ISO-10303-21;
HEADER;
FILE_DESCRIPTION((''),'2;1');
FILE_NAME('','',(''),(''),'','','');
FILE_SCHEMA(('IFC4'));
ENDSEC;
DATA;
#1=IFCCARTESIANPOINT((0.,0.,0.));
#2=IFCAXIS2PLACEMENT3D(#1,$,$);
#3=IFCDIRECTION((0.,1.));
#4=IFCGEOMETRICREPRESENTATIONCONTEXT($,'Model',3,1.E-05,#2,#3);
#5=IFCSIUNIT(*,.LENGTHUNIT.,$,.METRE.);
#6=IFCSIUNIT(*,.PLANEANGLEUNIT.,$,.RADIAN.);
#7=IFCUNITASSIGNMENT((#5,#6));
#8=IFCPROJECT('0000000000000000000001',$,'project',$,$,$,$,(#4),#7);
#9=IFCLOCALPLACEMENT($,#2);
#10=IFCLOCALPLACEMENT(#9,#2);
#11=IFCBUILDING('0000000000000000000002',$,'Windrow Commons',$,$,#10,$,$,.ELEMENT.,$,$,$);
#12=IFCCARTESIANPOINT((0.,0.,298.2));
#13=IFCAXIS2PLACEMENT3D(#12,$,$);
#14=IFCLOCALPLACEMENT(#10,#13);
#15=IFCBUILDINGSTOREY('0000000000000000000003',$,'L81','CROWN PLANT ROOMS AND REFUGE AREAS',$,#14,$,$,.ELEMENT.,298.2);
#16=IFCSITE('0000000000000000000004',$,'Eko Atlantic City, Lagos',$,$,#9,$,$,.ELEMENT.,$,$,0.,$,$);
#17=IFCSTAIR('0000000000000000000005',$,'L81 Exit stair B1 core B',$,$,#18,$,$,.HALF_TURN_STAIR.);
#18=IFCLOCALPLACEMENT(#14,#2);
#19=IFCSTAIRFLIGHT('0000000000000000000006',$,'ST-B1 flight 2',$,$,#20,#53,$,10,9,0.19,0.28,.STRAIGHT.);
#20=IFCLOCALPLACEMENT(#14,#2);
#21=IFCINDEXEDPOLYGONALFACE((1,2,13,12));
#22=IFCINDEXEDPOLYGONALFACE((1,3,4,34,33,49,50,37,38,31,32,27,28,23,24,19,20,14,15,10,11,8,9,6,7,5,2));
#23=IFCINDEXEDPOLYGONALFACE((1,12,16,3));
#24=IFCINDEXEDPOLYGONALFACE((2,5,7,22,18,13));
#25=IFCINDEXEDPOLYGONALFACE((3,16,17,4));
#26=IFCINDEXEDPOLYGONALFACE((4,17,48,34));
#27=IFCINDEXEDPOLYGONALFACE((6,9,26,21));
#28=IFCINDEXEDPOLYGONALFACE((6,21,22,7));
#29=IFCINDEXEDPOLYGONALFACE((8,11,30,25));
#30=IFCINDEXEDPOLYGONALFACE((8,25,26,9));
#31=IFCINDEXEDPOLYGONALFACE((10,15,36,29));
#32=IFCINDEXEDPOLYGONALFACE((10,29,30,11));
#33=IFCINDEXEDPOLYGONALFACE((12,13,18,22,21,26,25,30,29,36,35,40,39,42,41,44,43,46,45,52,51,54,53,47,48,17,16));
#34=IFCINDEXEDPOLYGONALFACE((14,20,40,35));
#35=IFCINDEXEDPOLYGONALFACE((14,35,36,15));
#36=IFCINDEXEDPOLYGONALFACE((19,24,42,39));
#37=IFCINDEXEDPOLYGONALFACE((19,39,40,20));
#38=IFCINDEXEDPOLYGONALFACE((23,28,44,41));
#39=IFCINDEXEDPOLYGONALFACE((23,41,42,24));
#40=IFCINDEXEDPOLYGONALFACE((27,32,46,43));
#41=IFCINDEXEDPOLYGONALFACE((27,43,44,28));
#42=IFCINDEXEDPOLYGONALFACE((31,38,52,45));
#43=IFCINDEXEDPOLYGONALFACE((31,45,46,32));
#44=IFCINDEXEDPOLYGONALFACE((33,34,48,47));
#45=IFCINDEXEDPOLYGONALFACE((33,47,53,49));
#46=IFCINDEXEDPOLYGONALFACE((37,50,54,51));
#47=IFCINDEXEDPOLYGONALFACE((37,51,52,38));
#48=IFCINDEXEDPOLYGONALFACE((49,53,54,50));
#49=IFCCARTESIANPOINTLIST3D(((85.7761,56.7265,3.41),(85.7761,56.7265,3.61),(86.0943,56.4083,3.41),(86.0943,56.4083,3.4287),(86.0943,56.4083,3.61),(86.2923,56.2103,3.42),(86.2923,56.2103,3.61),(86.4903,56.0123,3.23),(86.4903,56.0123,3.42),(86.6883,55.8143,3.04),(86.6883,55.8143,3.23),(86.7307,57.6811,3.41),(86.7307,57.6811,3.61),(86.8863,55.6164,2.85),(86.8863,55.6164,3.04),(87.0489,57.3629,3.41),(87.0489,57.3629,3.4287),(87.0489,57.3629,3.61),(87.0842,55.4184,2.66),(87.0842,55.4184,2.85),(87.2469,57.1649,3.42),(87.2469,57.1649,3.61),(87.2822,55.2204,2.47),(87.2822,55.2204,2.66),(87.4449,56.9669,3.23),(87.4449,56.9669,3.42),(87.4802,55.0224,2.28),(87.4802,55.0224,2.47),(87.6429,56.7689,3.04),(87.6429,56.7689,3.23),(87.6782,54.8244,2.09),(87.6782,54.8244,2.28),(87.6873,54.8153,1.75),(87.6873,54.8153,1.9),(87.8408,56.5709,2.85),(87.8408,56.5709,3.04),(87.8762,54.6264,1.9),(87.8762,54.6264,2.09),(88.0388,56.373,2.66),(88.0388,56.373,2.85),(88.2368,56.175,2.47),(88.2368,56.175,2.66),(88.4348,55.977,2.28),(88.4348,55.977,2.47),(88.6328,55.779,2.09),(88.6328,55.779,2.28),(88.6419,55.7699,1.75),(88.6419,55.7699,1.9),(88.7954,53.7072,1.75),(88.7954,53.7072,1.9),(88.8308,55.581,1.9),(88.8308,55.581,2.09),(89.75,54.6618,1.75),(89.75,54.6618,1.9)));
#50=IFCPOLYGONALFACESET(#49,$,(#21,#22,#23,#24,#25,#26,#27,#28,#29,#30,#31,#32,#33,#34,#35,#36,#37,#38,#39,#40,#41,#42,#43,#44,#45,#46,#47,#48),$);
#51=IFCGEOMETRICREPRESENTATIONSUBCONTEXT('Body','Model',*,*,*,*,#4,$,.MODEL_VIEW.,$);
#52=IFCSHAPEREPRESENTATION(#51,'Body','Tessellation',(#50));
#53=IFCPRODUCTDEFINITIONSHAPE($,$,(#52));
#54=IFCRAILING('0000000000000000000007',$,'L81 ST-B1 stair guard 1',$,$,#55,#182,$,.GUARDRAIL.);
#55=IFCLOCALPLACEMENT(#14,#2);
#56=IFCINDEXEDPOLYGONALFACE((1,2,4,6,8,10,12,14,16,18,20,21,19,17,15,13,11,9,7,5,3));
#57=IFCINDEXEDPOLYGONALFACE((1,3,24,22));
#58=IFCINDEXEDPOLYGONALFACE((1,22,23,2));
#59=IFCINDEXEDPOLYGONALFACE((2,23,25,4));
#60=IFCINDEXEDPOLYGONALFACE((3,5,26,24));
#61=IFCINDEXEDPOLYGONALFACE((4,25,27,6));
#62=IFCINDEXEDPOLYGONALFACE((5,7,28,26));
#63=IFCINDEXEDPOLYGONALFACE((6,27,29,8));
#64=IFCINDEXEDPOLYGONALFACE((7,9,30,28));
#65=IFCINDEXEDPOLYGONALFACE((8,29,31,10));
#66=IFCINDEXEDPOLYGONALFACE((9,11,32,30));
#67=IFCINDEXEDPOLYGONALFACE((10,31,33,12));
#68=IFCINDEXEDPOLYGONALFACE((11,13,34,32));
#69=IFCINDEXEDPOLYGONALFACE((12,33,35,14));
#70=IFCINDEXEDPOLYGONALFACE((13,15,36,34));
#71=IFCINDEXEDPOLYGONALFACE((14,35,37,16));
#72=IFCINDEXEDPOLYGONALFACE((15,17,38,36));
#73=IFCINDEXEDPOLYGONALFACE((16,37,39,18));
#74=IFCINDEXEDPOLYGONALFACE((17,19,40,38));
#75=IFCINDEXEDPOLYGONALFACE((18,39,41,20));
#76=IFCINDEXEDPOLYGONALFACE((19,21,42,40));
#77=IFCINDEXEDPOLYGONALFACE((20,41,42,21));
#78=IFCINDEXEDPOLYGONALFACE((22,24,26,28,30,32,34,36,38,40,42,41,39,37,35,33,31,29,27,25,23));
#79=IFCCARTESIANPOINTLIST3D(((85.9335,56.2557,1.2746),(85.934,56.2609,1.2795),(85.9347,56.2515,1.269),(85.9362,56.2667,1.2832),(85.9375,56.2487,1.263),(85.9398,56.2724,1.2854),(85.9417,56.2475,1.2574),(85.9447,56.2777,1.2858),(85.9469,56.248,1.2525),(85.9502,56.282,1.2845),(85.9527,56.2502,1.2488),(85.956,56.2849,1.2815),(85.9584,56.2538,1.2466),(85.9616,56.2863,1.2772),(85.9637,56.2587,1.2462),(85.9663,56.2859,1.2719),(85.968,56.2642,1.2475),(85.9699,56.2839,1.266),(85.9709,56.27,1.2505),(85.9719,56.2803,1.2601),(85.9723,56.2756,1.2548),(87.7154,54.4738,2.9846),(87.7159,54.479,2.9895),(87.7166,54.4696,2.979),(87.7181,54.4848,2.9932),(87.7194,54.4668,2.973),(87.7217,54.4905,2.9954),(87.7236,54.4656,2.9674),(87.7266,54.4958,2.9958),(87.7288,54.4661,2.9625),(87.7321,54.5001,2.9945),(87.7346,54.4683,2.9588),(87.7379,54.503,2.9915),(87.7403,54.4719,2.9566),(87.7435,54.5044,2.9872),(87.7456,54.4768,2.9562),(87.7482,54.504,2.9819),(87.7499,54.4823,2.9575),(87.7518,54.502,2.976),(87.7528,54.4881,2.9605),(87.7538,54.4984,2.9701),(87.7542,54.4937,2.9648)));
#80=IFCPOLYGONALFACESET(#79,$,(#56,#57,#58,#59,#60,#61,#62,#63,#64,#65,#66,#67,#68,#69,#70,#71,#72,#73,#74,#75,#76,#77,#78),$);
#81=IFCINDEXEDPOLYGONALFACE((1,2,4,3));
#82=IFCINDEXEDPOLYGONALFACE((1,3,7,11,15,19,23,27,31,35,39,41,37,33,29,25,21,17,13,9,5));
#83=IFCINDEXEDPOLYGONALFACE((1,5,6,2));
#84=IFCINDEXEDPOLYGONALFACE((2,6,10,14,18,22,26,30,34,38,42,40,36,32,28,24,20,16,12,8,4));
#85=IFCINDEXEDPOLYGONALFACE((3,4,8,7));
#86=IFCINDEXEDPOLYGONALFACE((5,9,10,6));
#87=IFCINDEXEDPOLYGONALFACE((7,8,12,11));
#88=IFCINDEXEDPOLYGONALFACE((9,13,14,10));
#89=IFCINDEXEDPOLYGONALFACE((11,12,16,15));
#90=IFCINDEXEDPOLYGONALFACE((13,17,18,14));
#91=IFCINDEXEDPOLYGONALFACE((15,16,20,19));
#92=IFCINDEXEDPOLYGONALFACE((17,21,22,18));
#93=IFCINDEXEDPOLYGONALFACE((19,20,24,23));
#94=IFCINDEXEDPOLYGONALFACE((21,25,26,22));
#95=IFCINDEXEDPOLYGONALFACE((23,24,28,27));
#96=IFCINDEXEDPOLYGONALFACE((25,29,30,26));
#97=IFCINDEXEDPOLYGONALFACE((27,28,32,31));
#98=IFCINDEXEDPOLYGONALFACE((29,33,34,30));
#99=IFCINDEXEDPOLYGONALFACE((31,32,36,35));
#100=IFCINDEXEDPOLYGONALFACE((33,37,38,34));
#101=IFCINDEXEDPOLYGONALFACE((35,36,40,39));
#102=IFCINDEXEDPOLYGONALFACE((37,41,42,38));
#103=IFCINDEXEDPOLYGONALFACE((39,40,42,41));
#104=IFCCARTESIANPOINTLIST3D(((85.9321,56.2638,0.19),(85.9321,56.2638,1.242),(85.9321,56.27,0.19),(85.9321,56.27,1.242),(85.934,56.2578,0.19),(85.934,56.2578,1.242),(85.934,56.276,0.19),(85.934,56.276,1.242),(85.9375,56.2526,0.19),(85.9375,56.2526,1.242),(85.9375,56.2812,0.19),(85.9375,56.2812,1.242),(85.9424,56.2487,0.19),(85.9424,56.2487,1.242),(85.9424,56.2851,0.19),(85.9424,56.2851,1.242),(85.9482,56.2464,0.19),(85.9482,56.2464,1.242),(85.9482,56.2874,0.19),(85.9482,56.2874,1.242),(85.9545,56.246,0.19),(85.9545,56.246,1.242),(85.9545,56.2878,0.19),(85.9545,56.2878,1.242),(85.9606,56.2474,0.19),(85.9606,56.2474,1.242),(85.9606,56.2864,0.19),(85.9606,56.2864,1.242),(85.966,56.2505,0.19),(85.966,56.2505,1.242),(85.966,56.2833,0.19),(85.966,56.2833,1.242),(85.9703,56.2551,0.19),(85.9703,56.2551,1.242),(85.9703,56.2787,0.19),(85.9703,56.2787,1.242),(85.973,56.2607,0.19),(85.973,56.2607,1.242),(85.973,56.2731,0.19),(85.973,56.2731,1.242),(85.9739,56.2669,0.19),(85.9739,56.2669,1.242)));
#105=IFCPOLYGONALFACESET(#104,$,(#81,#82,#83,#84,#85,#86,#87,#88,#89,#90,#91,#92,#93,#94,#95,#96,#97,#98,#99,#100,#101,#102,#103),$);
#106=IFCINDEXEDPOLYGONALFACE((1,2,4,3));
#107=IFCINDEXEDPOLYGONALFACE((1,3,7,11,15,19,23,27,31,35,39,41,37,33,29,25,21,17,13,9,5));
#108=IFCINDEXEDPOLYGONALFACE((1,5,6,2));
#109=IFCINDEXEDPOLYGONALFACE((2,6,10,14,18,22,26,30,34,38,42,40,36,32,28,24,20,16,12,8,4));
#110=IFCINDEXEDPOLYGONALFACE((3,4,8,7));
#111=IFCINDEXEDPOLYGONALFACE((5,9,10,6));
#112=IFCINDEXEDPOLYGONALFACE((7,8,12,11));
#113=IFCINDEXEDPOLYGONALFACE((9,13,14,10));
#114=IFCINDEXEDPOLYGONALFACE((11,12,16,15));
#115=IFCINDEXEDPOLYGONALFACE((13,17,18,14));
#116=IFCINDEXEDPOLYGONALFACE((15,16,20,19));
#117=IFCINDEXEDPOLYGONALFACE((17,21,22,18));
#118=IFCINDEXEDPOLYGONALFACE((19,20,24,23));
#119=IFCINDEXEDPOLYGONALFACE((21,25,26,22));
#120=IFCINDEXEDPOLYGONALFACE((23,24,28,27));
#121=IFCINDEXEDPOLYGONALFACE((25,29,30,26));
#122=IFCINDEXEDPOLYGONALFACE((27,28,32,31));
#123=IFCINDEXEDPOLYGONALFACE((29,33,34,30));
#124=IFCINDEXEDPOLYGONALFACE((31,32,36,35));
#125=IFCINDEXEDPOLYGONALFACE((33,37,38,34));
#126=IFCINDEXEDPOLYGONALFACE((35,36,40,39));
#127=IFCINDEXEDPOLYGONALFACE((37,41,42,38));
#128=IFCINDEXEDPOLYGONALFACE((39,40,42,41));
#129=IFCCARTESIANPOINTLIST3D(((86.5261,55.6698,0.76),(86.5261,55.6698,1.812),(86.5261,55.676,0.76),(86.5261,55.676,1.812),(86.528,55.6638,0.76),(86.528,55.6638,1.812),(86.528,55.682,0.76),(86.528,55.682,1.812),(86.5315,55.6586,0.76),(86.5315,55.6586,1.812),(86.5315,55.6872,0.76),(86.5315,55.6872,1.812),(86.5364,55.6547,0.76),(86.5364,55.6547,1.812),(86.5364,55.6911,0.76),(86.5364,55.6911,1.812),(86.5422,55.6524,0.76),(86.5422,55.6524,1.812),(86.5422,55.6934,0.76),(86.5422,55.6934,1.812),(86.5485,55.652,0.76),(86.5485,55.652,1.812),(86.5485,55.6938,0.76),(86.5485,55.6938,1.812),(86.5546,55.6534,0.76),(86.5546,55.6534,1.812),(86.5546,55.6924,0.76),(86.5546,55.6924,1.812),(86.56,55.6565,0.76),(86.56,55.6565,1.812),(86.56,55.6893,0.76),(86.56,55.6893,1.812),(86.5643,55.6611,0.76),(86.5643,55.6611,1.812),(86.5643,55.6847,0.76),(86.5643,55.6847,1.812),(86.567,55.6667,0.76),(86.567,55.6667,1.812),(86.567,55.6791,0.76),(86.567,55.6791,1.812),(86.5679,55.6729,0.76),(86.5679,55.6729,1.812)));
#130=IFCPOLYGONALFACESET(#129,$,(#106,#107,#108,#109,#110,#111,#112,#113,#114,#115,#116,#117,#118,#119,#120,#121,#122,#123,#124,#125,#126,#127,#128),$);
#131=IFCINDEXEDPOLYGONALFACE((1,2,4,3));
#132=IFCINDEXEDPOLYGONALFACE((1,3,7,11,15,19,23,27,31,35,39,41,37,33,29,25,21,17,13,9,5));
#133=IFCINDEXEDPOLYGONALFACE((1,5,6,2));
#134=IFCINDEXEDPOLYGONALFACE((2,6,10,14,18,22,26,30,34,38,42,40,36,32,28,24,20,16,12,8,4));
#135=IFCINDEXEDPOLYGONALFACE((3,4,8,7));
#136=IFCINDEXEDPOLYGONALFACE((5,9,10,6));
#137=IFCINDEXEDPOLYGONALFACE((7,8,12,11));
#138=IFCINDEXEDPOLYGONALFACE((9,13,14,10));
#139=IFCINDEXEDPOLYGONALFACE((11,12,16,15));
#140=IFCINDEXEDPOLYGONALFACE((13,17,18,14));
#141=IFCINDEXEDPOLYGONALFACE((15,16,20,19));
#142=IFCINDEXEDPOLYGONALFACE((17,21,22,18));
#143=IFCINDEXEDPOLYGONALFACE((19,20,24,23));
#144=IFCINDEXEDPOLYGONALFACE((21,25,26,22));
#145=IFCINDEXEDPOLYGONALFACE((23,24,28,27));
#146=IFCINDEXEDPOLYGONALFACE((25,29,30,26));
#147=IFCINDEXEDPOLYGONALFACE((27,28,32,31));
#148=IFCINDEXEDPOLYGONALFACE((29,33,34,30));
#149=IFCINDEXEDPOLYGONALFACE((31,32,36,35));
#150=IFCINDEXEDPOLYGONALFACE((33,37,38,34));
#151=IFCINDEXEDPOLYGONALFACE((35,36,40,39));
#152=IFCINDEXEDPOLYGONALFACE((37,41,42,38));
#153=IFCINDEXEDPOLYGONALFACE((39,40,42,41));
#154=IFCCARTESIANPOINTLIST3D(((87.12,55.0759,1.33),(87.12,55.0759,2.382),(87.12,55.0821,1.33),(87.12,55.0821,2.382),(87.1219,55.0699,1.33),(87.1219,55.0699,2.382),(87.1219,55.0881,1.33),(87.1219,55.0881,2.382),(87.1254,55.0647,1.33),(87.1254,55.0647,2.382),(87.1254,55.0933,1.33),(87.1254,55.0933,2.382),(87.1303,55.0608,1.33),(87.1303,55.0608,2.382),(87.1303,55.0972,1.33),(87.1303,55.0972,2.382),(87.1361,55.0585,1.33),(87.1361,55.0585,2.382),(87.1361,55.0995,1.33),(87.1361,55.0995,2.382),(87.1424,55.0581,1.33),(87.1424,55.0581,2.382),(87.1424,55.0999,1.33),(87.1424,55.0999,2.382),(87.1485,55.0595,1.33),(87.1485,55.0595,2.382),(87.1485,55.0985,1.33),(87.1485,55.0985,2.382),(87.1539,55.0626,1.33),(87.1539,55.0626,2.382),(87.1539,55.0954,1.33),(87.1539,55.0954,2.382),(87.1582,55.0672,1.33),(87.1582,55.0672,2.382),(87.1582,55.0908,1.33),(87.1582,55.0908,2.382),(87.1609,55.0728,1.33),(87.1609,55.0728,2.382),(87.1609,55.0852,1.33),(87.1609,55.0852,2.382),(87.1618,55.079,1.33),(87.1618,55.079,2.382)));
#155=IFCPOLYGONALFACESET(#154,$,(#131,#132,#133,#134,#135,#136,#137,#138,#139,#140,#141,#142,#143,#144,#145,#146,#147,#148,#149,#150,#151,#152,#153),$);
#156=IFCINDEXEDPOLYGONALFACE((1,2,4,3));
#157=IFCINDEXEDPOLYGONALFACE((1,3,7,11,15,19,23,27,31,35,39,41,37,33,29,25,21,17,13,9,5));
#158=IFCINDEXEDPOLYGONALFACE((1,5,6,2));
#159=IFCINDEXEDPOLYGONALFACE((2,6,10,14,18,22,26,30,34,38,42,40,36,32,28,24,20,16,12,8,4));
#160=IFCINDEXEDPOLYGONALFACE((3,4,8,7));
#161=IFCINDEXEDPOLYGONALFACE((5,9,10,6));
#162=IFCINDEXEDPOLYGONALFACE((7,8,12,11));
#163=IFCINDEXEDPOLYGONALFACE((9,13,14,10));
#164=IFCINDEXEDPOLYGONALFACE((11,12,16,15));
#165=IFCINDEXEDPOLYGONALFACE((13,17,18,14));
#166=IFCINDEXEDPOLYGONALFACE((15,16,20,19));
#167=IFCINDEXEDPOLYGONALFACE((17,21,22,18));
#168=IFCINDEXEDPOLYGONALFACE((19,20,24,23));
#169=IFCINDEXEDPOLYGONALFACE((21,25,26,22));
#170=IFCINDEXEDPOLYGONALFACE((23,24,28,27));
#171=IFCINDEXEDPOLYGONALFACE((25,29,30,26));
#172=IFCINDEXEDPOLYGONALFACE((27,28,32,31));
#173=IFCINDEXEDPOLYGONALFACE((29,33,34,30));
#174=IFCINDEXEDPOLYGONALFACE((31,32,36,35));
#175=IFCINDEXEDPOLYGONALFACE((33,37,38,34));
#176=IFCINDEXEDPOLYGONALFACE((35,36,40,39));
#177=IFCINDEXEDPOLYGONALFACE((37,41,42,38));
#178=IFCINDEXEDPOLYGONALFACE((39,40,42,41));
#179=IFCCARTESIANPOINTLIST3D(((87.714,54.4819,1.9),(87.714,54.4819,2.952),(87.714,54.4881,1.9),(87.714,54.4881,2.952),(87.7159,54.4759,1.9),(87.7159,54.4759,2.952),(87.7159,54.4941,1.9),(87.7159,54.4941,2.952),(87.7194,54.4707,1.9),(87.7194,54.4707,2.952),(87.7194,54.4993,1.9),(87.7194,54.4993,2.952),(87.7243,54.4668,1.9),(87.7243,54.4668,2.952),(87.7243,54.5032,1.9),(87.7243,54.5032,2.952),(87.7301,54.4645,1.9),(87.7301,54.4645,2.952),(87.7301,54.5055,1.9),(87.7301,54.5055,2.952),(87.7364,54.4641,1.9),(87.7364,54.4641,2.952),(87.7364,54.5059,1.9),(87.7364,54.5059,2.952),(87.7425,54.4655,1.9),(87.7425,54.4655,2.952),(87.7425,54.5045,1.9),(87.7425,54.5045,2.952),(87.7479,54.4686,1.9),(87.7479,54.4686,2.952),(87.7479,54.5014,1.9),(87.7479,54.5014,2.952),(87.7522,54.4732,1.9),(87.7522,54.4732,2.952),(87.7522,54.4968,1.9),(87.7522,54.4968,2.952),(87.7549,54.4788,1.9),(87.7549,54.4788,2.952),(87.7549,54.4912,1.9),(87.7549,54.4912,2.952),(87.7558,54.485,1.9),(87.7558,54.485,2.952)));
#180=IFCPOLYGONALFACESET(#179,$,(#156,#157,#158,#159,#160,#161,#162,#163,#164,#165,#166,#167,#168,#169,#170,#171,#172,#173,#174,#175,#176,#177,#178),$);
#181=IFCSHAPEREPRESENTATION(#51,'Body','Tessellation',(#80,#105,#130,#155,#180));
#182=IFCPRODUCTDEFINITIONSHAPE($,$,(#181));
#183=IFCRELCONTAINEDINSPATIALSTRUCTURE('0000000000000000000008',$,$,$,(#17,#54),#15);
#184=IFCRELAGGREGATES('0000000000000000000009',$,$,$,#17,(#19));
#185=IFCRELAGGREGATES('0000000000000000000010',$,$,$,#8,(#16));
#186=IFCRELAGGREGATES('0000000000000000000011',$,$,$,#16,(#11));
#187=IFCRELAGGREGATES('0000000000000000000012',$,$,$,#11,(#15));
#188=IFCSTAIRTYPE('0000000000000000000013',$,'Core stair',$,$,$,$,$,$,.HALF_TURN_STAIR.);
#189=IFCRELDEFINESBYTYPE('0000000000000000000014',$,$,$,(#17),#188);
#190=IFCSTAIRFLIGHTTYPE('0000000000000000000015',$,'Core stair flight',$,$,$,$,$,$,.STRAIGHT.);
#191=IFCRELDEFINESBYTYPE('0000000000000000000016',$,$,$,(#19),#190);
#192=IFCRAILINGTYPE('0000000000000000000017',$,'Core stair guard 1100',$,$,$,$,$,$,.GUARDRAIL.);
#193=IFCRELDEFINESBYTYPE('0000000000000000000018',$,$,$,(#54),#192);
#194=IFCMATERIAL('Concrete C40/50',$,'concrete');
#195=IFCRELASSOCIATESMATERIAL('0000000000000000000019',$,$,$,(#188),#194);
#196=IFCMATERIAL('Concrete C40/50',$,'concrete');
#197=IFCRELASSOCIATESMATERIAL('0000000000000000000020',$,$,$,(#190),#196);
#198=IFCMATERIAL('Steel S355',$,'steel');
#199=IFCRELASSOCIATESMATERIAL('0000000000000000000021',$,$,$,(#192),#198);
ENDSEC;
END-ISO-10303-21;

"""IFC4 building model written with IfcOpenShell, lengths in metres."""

from ifc_helpers import new_model, si_unit, direction, frame, origin, origin_2d, place, context, subcontext, project, spatial, polyline, circle, outline, extrude, material, type_object, element, aggregate, save


model = new_model("IFC4")

# Units and contexts
model_context = context("Model", 3, precision=1e-05, world=origin(), true_north=direction((0.0, 1.0)))
body_context = subcontext(model_context, "Body", "Model", "MODEL_VIEW")
ifc_project = project(units=[si_unit("LENGTHUNIT", "METRE"), si_unit("PLANEANGLEUNIT", "RADIAN")], contexts=[model_context])

# Site, building, storey
site_placement = place(None, origin())
site = spatial("IfcSite", under=ifc_project, at=site_placement, Name="Eko Atlantic City, Lagos", CompositionType="ELEMENT", RefElevation=0.0)
building_placement = place(site_placement, origin())
building = spatial("IfcBuilding", under=site, at=building_placement, Name="Windrow Commons", CompositionType="ELEMENT")
storey_placement = place(building_placement, frame((0.0, 0.0, 298.2)))
storey = spatial("IfcBuildingStorey", under=building, at=storey_placement, Name="L81", Description="CROWN PLANT ROOMS AND REFUGE AREAS", CompositionType="ELEMENT", Elevation=298.2)

# Stair, stair flight
ifc_material_1 = material(Name="Concrete C40/50", Category="concrete")
stair_type = type_object("IfcStairType", Name="Core stair", PredefinedType="HALF_TURN_STAIR", material=ifc_material_1)
stair_placement = place(storey_placement, origin())
stair = element("IfcStair", 1, at=stair_placement, inside=storey, type_object=stair_type, Name="L81 Exit stair B1 core B", PredefinedType="HALF_TURN_STAIR")
ifc_material_2 = material(Name="Concrete C40/50", Category="concrete")
stair_flight_type = type_object("IfcStairFlightType", Name="Core stair flight", PredefinedType="STRAIGHT", material=ifc_material_2)
stair_flight_1_placement = place(storey_placement, frame((88.3535, 55.1037, 1.9), z_axis=(0.0, 0.0, 1.0), x_axis=(-0.707107, 0.707107, 0.0)))
stair_flight_1 = element("IfcStairFlight", 2, at=stair_flight_1_placement, type_object=stair_flight_type, Name="ST-B1 flight 2", NumberOfRisers=10, NumberOfTreads=9, PredefinedType="STRAIGHT", RiserHeight=0.19, TreadLength=0.28, context=body_context, shape_type="SweptSolid", body=[
    extrude(outline(polyline([(-1.3, -0.15), (-1.3, 0.0), (0.0, 0.0), (0.0, 0.19), (0.28, 0.19), (0.28, 0.38), (0.56, 0.38), (0.56, 0.57), (0.84, 0.57), (0.84, 0.76), (1.12, 0.76), (1.12, 0.95), (1.4, 0.95), (1.4, 1.14), (1.68, 1.14), (1.68, 1.33), (1.96, 1.33), (1.96, 1.52), (2.24, 1.52), (2.24, 1.71), (2.52, 1.71), (2.97, 1.71), (2.97, 1.51), (2.52, 1.51), (2.52, 1.5287), (0.2671, 0.0), (0.2671, -0.15), (-1.3, -0.15)])), frame((0.0, 0.675, 0.0), z_axis=(0.0, -1.0, 0.0), x_axis=(1.0, 0.0, 0.0)), (0.0, 0.0, 1.0), 1.35),
])
aggregate(stair, [stair_flight_1])

# Railing
ifc_material_3 = material(Name="Steel S355", Category="steel")
railing_type_1 = type_object("IfcRailingType", Name="Core stair guard 1100", PredefinedType="GUARDRAIL", material=ifc_material_3)
railing_1_placement = place(storey_placement, frame((85.9529, 56.2669, 0.19)))
element("IfcRailing", 3, at=railing_1_placement, inside=storey, type_object=railing_type_1, Name="L81 ST-B1 stair guard 1", PredefinedType="GUARDRAIL", context=body_context, shape_type="SweptSolid", body=[
    extrude(circle(Radius=0.024, at=origin_2d()), frame((0.0, 0.0, 1.076), z_axis=(0.585113, -0.585113, 0.561503), x_axis=(0.707107, 0.707107, 0.0)), (0.0, 0.0, 1.0), 3.0454),
    extrude(circle(Radius=0.021, at=origin_2d()), origin(), (0.0, 0.0, 1.0), 1.052),
    extrude(circle(Radius=0.021, at=origin_2d()), frame((0.594, -0.594, 0.57)), (0.0, 0.0, 1.0), 1.052),
    extrude(circle(Radius=0.021, at=origin_2d()), frame((1.1879, -1.1879, 1.14)), (0.0, 0.0, 1.0), 1.052),
    extrude(circle(Radius=0.021, at=origin_2d()), frame((1.7819, -1.7819, 1.71)), (0.0, 0.0, 1.0), 1.052),
])

save(model, "model.ifc")
